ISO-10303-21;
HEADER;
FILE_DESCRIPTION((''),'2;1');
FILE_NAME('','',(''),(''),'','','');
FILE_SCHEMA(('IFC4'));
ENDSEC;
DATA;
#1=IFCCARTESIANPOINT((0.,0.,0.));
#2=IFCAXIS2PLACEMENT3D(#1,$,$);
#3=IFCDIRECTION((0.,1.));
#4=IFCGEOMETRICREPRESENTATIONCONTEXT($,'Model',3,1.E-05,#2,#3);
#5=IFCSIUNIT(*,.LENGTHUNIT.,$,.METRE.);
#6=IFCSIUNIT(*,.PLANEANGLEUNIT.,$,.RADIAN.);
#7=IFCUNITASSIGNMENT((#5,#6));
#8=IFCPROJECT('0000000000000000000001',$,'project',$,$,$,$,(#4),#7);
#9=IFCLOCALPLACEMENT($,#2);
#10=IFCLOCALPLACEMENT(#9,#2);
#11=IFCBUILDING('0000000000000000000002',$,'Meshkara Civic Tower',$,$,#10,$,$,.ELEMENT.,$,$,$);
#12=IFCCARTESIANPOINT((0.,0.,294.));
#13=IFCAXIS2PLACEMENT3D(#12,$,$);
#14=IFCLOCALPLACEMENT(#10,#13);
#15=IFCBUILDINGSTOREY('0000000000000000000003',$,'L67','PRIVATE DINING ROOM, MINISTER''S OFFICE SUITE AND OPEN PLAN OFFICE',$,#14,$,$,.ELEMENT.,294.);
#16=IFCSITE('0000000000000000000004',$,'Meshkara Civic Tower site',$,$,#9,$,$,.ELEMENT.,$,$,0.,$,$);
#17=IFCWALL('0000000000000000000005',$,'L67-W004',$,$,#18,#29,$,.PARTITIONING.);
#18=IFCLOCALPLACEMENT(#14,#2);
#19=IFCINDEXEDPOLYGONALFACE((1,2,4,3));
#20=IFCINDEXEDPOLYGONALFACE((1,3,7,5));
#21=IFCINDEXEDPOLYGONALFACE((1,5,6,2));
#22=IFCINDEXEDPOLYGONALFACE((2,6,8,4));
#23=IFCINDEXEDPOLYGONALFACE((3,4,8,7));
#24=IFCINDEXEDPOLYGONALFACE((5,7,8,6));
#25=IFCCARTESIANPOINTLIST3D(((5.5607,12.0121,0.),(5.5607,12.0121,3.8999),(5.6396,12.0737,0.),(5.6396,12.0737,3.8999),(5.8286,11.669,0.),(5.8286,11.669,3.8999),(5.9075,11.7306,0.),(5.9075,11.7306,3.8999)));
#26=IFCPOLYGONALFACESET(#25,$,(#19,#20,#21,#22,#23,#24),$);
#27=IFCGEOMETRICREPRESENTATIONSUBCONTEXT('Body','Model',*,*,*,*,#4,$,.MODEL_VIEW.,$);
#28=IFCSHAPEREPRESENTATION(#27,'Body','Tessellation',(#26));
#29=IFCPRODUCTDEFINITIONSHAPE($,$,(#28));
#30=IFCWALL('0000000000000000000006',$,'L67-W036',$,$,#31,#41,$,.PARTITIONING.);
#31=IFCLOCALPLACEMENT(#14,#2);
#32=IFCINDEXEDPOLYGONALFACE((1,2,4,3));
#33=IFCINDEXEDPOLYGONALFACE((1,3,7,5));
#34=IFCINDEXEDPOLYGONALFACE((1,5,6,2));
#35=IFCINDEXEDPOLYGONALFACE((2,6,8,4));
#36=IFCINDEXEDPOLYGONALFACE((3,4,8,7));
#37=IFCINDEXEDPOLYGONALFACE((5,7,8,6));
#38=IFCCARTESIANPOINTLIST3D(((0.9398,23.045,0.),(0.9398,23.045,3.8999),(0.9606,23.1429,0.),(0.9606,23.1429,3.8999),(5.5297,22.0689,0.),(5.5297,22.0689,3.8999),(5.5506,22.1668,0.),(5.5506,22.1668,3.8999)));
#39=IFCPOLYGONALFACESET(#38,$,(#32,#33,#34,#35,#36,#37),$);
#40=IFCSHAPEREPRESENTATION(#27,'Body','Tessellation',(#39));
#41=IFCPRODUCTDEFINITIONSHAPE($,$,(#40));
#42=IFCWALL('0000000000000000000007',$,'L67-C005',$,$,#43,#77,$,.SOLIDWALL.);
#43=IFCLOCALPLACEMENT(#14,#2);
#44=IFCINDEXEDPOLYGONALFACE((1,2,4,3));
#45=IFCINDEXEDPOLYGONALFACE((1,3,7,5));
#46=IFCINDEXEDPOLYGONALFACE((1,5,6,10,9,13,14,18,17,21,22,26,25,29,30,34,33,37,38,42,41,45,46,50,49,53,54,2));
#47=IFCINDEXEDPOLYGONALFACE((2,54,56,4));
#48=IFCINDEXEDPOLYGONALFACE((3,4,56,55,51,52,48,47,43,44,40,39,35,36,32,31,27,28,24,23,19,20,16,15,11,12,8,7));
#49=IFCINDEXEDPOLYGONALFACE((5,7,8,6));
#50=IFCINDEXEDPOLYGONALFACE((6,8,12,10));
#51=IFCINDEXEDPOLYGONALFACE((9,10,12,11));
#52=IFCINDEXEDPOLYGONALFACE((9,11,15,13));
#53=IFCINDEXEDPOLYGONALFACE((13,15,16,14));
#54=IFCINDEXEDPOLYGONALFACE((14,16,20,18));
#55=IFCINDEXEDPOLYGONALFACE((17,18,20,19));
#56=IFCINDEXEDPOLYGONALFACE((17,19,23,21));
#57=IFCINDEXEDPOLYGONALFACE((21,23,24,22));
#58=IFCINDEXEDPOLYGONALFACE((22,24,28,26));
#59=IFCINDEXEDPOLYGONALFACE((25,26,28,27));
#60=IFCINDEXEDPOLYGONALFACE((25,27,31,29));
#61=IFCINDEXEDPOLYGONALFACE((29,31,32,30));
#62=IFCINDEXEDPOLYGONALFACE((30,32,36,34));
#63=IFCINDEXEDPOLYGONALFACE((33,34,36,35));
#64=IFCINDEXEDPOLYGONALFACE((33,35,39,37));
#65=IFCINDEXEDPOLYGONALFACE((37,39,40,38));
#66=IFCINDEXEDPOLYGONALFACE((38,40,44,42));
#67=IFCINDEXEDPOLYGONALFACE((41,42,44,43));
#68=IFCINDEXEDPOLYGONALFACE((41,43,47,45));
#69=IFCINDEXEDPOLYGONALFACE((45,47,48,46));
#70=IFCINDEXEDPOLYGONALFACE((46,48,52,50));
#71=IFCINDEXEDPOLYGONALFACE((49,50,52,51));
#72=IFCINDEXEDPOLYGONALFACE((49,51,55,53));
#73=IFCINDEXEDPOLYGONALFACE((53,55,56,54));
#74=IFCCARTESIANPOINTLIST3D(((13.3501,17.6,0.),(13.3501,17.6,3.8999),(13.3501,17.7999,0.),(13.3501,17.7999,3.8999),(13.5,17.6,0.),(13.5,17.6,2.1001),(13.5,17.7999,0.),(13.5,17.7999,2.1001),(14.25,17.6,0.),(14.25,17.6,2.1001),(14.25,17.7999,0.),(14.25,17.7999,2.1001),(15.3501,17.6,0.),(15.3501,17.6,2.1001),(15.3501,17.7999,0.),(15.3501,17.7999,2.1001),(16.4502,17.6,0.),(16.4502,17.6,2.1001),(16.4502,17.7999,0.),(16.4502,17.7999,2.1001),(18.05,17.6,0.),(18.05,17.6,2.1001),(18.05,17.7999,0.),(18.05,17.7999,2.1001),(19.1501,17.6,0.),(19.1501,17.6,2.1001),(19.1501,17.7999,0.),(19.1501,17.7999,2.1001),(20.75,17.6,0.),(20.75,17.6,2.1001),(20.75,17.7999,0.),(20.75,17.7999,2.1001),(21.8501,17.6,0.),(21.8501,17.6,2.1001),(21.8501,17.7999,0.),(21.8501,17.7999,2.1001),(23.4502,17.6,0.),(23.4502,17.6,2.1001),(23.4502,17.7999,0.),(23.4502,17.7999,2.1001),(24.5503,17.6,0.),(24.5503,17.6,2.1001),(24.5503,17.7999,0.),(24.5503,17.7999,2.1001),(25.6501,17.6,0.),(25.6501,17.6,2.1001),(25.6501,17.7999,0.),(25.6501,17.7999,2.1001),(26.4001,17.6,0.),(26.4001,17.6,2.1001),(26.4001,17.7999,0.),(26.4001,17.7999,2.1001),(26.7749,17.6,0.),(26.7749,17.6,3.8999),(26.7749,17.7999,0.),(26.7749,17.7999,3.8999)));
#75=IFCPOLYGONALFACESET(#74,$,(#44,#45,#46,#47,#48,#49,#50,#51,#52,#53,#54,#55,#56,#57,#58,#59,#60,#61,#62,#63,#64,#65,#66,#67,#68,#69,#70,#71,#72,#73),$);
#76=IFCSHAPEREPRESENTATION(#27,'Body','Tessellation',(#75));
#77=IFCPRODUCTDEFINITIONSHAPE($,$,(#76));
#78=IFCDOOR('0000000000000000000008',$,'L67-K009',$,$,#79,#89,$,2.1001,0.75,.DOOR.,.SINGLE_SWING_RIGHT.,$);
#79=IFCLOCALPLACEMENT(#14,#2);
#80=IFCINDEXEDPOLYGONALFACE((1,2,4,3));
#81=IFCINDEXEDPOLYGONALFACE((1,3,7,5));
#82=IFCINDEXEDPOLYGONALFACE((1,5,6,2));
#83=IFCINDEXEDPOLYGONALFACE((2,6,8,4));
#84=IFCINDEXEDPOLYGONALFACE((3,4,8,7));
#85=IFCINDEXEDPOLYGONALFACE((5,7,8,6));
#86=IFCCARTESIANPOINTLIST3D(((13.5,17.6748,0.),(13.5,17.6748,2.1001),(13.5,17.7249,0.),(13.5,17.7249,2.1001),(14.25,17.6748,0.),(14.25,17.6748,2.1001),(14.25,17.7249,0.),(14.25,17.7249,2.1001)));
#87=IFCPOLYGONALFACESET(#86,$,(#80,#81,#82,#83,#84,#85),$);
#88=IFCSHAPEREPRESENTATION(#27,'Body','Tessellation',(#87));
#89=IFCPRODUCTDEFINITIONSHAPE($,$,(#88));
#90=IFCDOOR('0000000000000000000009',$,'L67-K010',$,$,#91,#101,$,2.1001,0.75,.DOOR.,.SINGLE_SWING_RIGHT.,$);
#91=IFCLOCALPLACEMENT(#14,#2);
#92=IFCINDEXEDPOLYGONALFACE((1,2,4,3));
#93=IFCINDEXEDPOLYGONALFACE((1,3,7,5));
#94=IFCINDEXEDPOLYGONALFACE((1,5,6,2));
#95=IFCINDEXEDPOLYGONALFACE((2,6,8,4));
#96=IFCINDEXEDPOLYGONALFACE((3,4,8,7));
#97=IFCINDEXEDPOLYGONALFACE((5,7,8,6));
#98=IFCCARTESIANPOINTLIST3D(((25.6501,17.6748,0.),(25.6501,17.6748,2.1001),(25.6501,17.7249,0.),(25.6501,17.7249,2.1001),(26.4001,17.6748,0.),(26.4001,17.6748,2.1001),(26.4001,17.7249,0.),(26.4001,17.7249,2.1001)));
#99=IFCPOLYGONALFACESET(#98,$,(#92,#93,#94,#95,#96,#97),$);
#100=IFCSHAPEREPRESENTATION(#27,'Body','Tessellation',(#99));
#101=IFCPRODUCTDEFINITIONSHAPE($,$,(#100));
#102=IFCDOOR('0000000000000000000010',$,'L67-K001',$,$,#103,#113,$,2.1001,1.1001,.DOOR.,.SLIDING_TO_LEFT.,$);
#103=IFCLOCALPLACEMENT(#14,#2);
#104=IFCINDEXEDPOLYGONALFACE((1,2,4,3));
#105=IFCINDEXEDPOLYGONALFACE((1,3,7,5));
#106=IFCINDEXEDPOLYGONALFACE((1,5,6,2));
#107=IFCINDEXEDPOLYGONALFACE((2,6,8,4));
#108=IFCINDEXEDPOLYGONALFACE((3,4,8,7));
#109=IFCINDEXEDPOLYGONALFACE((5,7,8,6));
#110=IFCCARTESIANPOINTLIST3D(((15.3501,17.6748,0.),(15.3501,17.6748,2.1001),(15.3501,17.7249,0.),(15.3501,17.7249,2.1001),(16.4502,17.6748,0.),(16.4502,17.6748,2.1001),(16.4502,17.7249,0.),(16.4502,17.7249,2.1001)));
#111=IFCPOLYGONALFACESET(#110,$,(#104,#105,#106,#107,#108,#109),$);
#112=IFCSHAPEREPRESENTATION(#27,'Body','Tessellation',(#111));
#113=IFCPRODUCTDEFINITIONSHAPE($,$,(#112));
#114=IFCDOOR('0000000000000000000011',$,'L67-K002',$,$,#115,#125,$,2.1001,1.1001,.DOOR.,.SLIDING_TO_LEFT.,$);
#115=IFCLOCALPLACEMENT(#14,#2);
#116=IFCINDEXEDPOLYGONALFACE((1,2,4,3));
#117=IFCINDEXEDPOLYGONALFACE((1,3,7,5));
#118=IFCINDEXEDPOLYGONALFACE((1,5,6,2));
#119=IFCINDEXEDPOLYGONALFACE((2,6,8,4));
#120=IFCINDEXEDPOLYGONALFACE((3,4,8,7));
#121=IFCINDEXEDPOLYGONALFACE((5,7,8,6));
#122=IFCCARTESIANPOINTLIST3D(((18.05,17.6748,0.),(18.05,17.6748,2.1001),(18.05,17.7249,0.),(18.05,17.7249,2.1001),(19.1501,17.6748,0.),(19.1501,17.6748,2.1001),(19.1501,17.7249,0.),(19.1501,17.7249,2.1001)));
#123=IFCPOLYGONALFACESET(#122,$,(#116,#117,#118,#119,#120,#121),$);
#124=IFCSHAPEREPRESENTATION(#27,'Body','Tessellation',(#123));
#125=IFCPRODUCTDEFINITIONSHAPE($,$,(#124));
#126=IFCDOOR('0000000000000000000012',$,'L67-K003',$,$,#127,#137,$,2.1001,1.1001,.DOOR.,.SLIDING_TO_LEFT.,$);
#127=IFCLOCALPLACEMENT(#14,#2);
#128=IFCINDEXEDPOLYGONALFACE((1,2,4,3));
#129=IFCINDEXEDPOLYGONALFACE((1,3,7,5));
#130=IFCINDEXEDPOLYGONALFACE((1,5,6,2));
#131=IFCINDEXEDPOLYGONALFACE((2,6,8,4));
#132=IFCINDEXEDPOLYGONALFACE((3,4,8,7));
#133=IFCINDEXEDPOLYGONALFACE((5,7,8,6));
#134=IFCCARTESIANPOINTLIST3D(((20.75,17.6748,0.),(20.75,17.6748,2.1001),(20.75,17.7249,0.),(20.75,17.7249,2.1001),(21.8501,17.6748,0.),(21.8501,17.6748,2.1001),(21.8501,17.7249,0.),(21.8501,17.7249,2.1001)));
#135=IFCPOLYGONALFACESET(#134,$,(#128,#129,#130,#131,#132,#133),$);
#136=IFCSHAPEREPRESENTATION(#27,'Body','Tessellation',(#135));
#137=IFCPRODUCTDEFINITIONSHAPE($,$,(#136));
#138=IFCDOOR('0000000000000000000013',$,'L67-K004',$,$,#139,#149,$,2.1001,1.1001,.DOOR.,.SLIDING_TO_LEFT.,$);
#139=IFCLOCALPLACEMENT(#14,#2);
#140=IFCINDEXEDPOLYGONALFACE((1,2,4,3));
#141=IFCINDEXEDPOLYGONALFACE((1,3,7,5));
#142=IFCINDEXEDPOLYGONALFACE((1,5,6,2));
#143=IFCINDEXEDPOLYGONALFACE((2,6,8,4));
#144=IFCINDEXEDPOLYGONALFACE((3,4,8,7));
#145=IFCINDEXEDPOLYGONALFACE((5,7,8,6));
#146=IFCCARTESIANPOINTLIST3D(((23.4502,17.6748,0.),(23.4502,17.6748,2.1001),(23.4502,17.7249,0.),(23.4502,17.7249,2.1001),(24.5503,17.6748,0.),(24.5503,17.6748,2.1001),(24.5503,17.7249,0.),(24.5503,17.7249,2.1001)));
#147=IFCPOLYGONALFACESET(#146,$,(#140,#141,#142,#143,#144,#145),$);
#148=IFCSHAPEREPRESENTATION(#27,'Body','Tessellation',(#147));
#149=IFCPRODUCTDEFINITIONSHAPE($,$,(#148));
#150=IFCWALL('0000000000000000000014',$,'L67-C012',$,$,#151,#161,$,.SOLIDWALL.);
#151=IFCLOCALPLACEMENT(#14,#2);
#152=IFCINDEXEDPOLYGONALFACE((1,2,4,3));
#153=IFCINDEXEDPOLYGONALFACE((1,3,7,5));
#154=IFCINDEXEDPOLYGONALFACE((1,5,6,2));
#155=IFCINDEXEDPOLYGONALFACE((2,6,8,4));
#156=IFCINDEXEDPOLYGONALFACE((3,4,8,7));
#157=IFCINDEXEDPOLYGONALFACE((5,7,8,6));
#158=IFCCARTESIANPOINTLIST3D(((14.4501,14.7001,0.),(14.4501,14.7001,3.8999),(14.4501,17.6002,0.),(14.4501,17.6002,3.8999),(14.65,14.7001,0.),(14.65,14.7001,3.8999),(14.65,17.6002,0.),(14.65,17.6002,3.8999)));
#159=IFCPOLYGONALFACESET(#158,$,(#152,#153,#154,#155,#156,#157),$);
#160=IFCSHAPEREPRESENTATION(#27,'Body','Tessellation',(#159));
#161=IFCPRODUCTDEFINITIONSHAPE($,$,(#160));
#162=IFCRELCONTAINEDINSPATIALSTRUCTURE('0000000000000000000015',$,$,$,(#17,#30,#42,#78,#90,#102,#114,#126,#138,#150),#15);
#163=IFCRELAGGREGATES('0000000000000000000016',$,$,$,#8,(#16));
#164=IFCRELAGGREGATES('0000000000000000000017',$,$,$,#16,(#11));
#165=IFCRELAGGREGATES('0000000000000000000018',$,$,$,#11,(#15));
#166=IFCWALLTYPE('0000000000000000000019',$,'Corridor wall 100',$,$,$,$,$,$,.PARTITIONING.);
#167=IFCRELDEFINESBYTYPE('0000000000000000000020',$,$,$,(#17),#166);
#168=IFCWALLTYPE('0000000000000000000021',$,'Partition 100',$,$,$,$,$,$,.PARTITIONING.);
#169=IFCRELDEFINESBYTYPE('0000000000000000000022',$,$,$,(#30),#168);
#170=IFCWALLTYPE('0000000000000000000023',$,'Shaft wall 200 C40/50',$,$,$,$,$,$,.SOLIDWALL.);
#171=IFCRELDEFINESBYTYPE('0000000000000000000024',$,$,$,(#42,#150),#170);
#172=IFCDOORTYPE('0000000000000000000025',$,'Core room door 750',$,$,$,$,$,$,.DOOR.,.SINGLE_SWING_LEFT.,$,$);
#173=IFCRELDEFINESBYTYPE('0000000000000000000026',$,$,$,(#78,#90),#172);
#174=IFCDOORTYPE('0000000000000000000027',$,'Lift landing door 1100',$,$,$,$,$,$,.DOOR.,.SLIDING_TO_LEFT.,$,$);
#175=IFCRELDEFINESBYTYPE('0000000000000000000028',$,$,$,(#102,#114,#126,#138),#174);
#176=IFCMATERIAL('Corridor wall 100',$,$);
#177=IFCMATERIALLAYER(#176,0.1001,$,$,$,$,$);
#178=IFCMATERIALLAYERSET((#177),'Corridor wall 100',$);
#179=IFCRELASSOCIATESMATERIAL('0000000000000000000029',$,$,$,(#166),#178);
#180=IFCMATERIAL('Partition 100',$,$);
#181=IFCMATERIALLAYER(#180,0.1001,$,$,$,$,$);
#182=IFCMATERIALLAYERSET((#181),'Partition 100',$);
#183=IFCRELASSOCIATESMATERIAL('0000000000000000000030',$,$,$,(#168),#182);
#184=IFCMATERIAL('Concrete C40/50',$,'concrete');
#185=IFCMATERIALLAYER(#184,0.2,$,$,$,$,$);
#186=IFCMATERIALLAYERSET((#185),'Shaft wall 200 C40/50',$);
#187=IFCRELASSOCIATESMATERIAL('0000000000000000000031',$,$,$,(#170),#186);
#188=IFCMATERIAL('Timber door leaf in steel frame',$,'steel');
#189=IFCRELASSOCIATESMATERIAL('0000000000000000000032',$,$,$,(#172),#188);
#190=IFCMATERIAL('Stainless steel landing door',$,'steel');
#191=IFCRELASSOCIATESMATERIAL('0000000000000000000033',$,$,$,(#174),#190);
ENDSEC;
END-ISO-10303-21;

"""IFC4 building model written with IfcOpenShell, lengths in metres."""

from ifc_helpers import new_model, si_unit, direction, frame, frame_2d, origin, place, context, subcontext, project, spatial, rectangle, extrude, material, layer, layer_set, type_object, element, fill, save


model = new_model("IFC4")

# Units and contexts
model_context = context("Model", 3, precision=1e-05, world=origin(), true_north=direction((0.0, 1.0)))
body_context = subcontext(model_context, "Body", "Model", "MODEL_VIEW")
ifc_project = project(units=[si_unit("LENGTHUNIT", "METRE"), si_unit("PLANEANGLEUNIT", "RADIAN")], contexts=[model_context])

# Site, building, storey
site_placement = place(None, origin())
site = spatial("IfcSite", under=ifc_project, at=site_placement, Name="Meshkara Civic Tower site", CompositionType="ELEMENT", RefElevation=0.0)
building_placement = place(site_placement, origin())
building = spatial("IfcBuilding", under=site, at=building_placement, Name="Meshkara Civic Tower", CompositionType="ELEMENT")
storey_placement = place(building_placement, frame((0.0, 0.0, 294.0)))
storey = spatial("IfcBuildingStorey", under=building, at=storey_placement, Name="L67", Description="PRIVATE DINING ROOM, MINISTER'S OFFICE SUITE AND OPEN PLAN OFFICE", CompositionType="ELEMENT", Elevation=294.0)

# Walls
ifc_material_1 = material(Name="Corridor wall 100")
ifc_layer_1 = layer(ifc_material_1, 0.1001)
ifc_layer_set_1 = layer_set([ifc_layer_1], Name="Corridor wall 100")
wall_type_1 = type_object("IfcWallType", Name="Corridor wall 100", PredefinedType="PARTITIONING", material=ifc_layer_set_1)
wall_1_placement = place(storey_placement, frame((5.6001, 12.043, 0.0), z_axis=(0.0, 0.0, 1.0), x_axis=(0.615415, -0.788203, 0.0)))
element("IfcWall", 1, at=wall_1_placement, inside=storey, type_object=wall_type_1, Name="L67-W004", PredefinedType="PARTITIONING", context=body_context, shape_type="SweptSolid", body=[
    extrude(rectangle(XDim=0.4353, YDim=0.1001, at=frame_2d((0.2178, 0.0))), origin(), (0.0, 0.0, 1.0), 3.8999),
])
ifc_material_2 = material(Name="Partition 100")
ifc_layer_2 = layer(ifc_material_2, 0.1001)
ifc_layer_set_2 = layer_set([ifc_layer_2], Name="Partition 100")
wall_type_2 = type_object("IfcWallType", Name="Partition 100", PredefinedType="PARTITIONING", material=ifc_layer_set_2)
wall_2_placement = place(storey_placement, frame((5.54, 22.1179, 0.0), z_axis=(0.0, 0.0, 1.0), x_axis=(-0.978129, 0.207998, 0.0)))
element("IfcWall", 2, at=wall_2_placement, inside=storey, type_object=wall_type_2, Name="L67-W036", PredefinedType="PARTITIONING", context=body_context, shape_type="SweptSolid", body=[
    extrude(rectangle(XDim=4.6926, YDim=0.1001, at=frame_2d((2.3462, 0.0))), origin(), (0.0, 0.0, 1.0), 3.8999),
])

# Wall, openings, doors
ifc_material_3 = material(Name="Concrete C40/50", Category="concrete")
ifc_layer_3 = layer(ifc_material_3, 0.2)
ifc_layer_set_3 = layer_set([ifc_layer_3], Name="Shaft wall 200 C40/50")
wall_type_3 = type_object("IfcWallType", Name="Shaft wall 200 C40/50", PredefinedType="SOLIDWALL", material=ifc_layer_set_3)
wall_3_placement = place(storey_placement, frame((13.3501, 17.7, 0.0), z_axis=(0.0, 0.0, 1.0), x_axis=(1.0, 0.0, 0.0)))
wall_3 = element("IfcWall", 3, at=wall_3_placement, inside=storey, type_object=wall_type_3, Name="L67-C005", PredefinedType="SOLIDWALL", context=body_context, shape_type="SweptSolid", body=[
    extrude(rectangle(XDim=13.4248, YDim=0.2, at=frame_2d((6.7124, 0.0))), origin(), (0.0, 0.0, 1.0), 3.8999),
])
opening_1_placement = place(wall_3_placement, frame((2.0, 0.0, 0.0)))
opening_1 = element("IfcOpeningElement", 4, at=opening_1_placement, cuts=wall_3, PredefinedType="OPENING", context=body_context, shape_type="SweptSolid", body=[
    extrude(rectangle(XDim=1.1001, YDim=2.1001, at=frame_2d((0.55, 1.05))), frame((0.0, 0.1099, 0.0), z_axis=(0.0, -1.0, 0.0), x_axis=(1.0, 0.0, 0.0)), (0.0, 0.0, 1.0), 0.22),
])
opening_2_placement = place(wall_3_placement, frame((4.7, 0.0, 0.0)))
opening_2 = element("IfcOpeningElement", 5, at=opening_2_placement, cuts=wall_3, PredefinedType="OPENING", context=body_context, shape_type="SweptSolid", body=[
    extrude(rectangle(XDim=1.1001, YDim=2.1001, at=frame_2d((0.55, 1.05))), frame((0.0, 0.1099, 0.0), z_axis=(0.0, -1.0, 0.0), x_axis=(1.0, 0.0, 0.0)), (0.0, 0.0, 1.0), 0.22),
])
opening_3_placement = place(wall_3_placement, frame((7.3999, 0.0, 0.0)))
opening_3 = element("IfcOpeningElement", 6, at=opening_3_placement, cuts=wall_3, PredefinedType="OPENING", context=body_context, shape_type="SweptSolid", body=[
    extrude(rectangle(XDim=1.1001, YDim=2.1001, at=frame_2d((0.55, 1.05))), frame((0.0, 0.1099, 0.0), z_axis=(0.0, -1.0, 0.0), x_axis=(1.0, 0.0, 0.0)), (0.0, 0.0, 1.0), 0.22),
])
opening_4_placement = place(wall_3_placement, frame((10.1001, 0.0, 0.0)))
opening_4 = element("IfcOpeningElement", 7, at=opening_4_placement, cuts=wall_3, PredefinedType="OPENING", context=body_context, shape_type="SweptSolid", body=[
    extrude(rectangle(XDim=1.1001, YDim=2.1001, at=frame_2d((0.55, 1.05))), frame((0.0, 0.1099, 0.0), z_axis=(0.0, -1.0, 0.0), x_axis=(1.0, 0.0, 0.0)), (0.0, 0.0, 1.0), 0.22),
])
opening_5_placement = place(wall_3_placement, frame((0.1499, 0.0, 0.0)))
opening_5 = element("IfcOpeningElement", 8, at=opening_5_placement, cuts=wall_3, PredefinedType="OPENING", context=body_context, shape_type="SweptSolid", body=[
    extrude(rectangle(XDim=0.75, YDim=2.1001, at=frame_2d((0.375, 1.05))), frame((0.0, 0.1099, 0.0), z_axis=(0.0, -1.0, 0.0), x_axis=(1.0, 0.0, 0.0)), (0.0, 0.0, 1.0), 0.22),
])
opening_6_placement = place(wall_3_placement, frame((12.3, 0.0, 0.0)))
opening_6 = element("IfcOpeningElement", 9, at=opening_6_placement, cuts=wall_3, PredefinedType="OPENING", context=body_context, shape_type="SweptSolid", body=[
    extrude(rectangle(XDim=0.75, YDim=2.1001, at=frame_2d((0.375, 1.05))), frame((0.0, 0.1099, 0.0), z_axis=(0.0, -1.0, 0.0), x_axis=(1.0, 0.0, 0.0)), (0.0, 0.0, 1.0), 0.22),
])
ifc_material_4 = material(Name="Timber door leaf in steel frame", Category="steel")
door_type_1 = type_object("IfcDoorType", Name="Core room door 750", OperationType="SINGLE_SWING_LEFT", PredefinedType="DOOR", material=ifc_material_4)
door_1_placement = place(opening_5_placement, origin())
door_1 = element("IfcDoor", 10, at=door_1_placement, inside=storey, type_object=door_type_1, Name="L67-K009", OperationType="SINGLE_SWING_RIGHT", OverallHeight=2.1001, OverallWidth=0.75, PredefinedType="DOOR", context=body_context, shape_type="SweptSolid", body=[
    extrude(rectangle(XDim=0.75, YDim=2.1001, at=frame_2d((0.375, 1.05))), frame((0.0, 0.0249, 0.0), z_axis=(0.0, -1.0, 0.0), x_axis=(1.0, 0.0, 0.0)), (0.0, 0.0, 1.0), 0.05),
])
fill(opening_5, door_1)
door_2_placement = place(opening_6_placement, origin())
door_2 = element("IfcDoor", 11, at=door_2_placement, inside=storey, type_object=door_type_1, Name="L67-K010", OperationType="SINGLE_SWING_RIGHT", OverallHeight=2.1001, OverallWidth=0.75, PredefinedType="DOOR", context=body_context, shape_type="SweptSolid", body=[
    extrude(rectangle(XDim=0.75, YDim=2.1001, at=frame_2d((0.375, 1.05))), frame((0.0, 0.0249, 0.0), z_axis=(0.0, -1.0, 0.0), x_axis=(1.0, 0.0, 0.0)), (0.0, 0.0, 1.0), 0.05),
])
fill(opening_6, door_2)
ifc_material_5 = material(Name="Stainless steel landing door", Category="steel")
door_type_2 = type_object("IfcDoorType", Name="Lift landing door 1100", OperationType="SLIDING_TO_LEFT", PredefinedType="DOOR", material=ifc_material_5)
door_3_placement = place(opening_1_placement, origin())
door_3 = element("IfcDoor", 12, at=door_3_placement, inside=storey, type_object=door_type_2, Name="L67-K001", OperationType="SLIDING_TO_LEFT", OverallHeight=2.1001, OverallWidth=1.1001, PredefinedType="DOOR", context=body_context, shape_type="SweptSolid", body=[
    extrude(rectangle(XDim=1.1001, YDim=2.1001, at=frame_2d((0.55, 1.05))), frame((0.0, 0.0249, 0.0), z_axis=(0.0, -1.0, 0.0), x_axis=(1.0, 0.0, 0.0)), (0.0, 0.0, 1.0), 0.05),
])
fill(opening_1, door_3)
door_4_placement = place(opening_2_placement, origin())
door_4 = element("IfcDoor", 13, at=door_4_placement, inside=storey, type_object=door_type_2, Name="L67-K002", OperationType="SLIDING_TO_LEFT", OverallHeight=2.1001, OverallWidth=1.1001, PredefinedType="DOOR", context=body_context, shape_type="SweptSolid", body=[
    extrude(rectangle(XDim=1.1001, YDim=2.1001, at=frame_2d((0.55, 1.05))), frame((0.0, 0.0249, 0.0), z_axis=(0.0, -1.0, 0.0), x_axis=(1.0, 0.0, 0.0)), (0.0, 0.0, 1.0), 0.05),
])
fill(opening_2, door_4)
door_5_placement = place(opening_3_placement, origin())
door_5 = element("IfcDoor", 14, at=door_5_placement, inside=storey, type_object=door_type_2, Name="L67-K003", OperationType="SLIDING_TO_LEFT", OverallHeight=2.1001, OverallWidth=1.1001, PredefinedType="DOOR", context=body_context, shape_type="SweptSolid", body=[
    extrude(rectangle(XDim=1.1001, YDim=2.1001, at=frame_2d((0.55, 1.05))), frame((0.0, 0.0249, 0.0), z_axis=(0.0, -1.0, 0.0), x_axis=(1.0, 0.0, 0.0)), (0.0, 0.0, 1.0), 0.05),
])
fill(opening_3, door_5)
door_6_placement = place(opening_4_placement, origin())
door_6 = element("IfcDoor", 15, at=door_6_placement, inside=storey, type_object=door_type_2, Name="L67-K004", OperationType="SLIDING_TO_LEFT", OverallHeight=2.1001, OverallWidth=1.1001, PredefinedType="DOOR", context=body_context, shape_type="SweptSolid", body=[
    extrude(rectangle(XDim=1.1001, YDim=2.1001, at=frame_2d((0.55, 1.05))), frame((0.0, 0.0249, 0.0), z_axis=(0.0, -1.0, 0.0), x_axis=(1.0, 0.0, 0.0)), (0.0, 0.0, 1.0), 0.05),
])
fill(opening_4, door_6)

# Wall
wall_4_placement = place(storey_placement, frame((14.55, 14.7, 0.0), z_axis=(0.0, 0.0, 1.0), x_axis=(0.0, 1.0, 0.0)))
element("IfcWall", 16, at=wall_4_placement, inside=storey, type_object=wall_type_3, Name="L67-C012", PredefinedType="SOLIDWALL", context=body_context, shape_type="SweptSolid", body=[
    extrude(rectangle(XDim=2.9001, YDim=0.2, at=frame_2d((1.4502, 0.0))), origin(), (0.0, 0.0, 1.0), 3.8999),
])

save(model, "model.ifc")
